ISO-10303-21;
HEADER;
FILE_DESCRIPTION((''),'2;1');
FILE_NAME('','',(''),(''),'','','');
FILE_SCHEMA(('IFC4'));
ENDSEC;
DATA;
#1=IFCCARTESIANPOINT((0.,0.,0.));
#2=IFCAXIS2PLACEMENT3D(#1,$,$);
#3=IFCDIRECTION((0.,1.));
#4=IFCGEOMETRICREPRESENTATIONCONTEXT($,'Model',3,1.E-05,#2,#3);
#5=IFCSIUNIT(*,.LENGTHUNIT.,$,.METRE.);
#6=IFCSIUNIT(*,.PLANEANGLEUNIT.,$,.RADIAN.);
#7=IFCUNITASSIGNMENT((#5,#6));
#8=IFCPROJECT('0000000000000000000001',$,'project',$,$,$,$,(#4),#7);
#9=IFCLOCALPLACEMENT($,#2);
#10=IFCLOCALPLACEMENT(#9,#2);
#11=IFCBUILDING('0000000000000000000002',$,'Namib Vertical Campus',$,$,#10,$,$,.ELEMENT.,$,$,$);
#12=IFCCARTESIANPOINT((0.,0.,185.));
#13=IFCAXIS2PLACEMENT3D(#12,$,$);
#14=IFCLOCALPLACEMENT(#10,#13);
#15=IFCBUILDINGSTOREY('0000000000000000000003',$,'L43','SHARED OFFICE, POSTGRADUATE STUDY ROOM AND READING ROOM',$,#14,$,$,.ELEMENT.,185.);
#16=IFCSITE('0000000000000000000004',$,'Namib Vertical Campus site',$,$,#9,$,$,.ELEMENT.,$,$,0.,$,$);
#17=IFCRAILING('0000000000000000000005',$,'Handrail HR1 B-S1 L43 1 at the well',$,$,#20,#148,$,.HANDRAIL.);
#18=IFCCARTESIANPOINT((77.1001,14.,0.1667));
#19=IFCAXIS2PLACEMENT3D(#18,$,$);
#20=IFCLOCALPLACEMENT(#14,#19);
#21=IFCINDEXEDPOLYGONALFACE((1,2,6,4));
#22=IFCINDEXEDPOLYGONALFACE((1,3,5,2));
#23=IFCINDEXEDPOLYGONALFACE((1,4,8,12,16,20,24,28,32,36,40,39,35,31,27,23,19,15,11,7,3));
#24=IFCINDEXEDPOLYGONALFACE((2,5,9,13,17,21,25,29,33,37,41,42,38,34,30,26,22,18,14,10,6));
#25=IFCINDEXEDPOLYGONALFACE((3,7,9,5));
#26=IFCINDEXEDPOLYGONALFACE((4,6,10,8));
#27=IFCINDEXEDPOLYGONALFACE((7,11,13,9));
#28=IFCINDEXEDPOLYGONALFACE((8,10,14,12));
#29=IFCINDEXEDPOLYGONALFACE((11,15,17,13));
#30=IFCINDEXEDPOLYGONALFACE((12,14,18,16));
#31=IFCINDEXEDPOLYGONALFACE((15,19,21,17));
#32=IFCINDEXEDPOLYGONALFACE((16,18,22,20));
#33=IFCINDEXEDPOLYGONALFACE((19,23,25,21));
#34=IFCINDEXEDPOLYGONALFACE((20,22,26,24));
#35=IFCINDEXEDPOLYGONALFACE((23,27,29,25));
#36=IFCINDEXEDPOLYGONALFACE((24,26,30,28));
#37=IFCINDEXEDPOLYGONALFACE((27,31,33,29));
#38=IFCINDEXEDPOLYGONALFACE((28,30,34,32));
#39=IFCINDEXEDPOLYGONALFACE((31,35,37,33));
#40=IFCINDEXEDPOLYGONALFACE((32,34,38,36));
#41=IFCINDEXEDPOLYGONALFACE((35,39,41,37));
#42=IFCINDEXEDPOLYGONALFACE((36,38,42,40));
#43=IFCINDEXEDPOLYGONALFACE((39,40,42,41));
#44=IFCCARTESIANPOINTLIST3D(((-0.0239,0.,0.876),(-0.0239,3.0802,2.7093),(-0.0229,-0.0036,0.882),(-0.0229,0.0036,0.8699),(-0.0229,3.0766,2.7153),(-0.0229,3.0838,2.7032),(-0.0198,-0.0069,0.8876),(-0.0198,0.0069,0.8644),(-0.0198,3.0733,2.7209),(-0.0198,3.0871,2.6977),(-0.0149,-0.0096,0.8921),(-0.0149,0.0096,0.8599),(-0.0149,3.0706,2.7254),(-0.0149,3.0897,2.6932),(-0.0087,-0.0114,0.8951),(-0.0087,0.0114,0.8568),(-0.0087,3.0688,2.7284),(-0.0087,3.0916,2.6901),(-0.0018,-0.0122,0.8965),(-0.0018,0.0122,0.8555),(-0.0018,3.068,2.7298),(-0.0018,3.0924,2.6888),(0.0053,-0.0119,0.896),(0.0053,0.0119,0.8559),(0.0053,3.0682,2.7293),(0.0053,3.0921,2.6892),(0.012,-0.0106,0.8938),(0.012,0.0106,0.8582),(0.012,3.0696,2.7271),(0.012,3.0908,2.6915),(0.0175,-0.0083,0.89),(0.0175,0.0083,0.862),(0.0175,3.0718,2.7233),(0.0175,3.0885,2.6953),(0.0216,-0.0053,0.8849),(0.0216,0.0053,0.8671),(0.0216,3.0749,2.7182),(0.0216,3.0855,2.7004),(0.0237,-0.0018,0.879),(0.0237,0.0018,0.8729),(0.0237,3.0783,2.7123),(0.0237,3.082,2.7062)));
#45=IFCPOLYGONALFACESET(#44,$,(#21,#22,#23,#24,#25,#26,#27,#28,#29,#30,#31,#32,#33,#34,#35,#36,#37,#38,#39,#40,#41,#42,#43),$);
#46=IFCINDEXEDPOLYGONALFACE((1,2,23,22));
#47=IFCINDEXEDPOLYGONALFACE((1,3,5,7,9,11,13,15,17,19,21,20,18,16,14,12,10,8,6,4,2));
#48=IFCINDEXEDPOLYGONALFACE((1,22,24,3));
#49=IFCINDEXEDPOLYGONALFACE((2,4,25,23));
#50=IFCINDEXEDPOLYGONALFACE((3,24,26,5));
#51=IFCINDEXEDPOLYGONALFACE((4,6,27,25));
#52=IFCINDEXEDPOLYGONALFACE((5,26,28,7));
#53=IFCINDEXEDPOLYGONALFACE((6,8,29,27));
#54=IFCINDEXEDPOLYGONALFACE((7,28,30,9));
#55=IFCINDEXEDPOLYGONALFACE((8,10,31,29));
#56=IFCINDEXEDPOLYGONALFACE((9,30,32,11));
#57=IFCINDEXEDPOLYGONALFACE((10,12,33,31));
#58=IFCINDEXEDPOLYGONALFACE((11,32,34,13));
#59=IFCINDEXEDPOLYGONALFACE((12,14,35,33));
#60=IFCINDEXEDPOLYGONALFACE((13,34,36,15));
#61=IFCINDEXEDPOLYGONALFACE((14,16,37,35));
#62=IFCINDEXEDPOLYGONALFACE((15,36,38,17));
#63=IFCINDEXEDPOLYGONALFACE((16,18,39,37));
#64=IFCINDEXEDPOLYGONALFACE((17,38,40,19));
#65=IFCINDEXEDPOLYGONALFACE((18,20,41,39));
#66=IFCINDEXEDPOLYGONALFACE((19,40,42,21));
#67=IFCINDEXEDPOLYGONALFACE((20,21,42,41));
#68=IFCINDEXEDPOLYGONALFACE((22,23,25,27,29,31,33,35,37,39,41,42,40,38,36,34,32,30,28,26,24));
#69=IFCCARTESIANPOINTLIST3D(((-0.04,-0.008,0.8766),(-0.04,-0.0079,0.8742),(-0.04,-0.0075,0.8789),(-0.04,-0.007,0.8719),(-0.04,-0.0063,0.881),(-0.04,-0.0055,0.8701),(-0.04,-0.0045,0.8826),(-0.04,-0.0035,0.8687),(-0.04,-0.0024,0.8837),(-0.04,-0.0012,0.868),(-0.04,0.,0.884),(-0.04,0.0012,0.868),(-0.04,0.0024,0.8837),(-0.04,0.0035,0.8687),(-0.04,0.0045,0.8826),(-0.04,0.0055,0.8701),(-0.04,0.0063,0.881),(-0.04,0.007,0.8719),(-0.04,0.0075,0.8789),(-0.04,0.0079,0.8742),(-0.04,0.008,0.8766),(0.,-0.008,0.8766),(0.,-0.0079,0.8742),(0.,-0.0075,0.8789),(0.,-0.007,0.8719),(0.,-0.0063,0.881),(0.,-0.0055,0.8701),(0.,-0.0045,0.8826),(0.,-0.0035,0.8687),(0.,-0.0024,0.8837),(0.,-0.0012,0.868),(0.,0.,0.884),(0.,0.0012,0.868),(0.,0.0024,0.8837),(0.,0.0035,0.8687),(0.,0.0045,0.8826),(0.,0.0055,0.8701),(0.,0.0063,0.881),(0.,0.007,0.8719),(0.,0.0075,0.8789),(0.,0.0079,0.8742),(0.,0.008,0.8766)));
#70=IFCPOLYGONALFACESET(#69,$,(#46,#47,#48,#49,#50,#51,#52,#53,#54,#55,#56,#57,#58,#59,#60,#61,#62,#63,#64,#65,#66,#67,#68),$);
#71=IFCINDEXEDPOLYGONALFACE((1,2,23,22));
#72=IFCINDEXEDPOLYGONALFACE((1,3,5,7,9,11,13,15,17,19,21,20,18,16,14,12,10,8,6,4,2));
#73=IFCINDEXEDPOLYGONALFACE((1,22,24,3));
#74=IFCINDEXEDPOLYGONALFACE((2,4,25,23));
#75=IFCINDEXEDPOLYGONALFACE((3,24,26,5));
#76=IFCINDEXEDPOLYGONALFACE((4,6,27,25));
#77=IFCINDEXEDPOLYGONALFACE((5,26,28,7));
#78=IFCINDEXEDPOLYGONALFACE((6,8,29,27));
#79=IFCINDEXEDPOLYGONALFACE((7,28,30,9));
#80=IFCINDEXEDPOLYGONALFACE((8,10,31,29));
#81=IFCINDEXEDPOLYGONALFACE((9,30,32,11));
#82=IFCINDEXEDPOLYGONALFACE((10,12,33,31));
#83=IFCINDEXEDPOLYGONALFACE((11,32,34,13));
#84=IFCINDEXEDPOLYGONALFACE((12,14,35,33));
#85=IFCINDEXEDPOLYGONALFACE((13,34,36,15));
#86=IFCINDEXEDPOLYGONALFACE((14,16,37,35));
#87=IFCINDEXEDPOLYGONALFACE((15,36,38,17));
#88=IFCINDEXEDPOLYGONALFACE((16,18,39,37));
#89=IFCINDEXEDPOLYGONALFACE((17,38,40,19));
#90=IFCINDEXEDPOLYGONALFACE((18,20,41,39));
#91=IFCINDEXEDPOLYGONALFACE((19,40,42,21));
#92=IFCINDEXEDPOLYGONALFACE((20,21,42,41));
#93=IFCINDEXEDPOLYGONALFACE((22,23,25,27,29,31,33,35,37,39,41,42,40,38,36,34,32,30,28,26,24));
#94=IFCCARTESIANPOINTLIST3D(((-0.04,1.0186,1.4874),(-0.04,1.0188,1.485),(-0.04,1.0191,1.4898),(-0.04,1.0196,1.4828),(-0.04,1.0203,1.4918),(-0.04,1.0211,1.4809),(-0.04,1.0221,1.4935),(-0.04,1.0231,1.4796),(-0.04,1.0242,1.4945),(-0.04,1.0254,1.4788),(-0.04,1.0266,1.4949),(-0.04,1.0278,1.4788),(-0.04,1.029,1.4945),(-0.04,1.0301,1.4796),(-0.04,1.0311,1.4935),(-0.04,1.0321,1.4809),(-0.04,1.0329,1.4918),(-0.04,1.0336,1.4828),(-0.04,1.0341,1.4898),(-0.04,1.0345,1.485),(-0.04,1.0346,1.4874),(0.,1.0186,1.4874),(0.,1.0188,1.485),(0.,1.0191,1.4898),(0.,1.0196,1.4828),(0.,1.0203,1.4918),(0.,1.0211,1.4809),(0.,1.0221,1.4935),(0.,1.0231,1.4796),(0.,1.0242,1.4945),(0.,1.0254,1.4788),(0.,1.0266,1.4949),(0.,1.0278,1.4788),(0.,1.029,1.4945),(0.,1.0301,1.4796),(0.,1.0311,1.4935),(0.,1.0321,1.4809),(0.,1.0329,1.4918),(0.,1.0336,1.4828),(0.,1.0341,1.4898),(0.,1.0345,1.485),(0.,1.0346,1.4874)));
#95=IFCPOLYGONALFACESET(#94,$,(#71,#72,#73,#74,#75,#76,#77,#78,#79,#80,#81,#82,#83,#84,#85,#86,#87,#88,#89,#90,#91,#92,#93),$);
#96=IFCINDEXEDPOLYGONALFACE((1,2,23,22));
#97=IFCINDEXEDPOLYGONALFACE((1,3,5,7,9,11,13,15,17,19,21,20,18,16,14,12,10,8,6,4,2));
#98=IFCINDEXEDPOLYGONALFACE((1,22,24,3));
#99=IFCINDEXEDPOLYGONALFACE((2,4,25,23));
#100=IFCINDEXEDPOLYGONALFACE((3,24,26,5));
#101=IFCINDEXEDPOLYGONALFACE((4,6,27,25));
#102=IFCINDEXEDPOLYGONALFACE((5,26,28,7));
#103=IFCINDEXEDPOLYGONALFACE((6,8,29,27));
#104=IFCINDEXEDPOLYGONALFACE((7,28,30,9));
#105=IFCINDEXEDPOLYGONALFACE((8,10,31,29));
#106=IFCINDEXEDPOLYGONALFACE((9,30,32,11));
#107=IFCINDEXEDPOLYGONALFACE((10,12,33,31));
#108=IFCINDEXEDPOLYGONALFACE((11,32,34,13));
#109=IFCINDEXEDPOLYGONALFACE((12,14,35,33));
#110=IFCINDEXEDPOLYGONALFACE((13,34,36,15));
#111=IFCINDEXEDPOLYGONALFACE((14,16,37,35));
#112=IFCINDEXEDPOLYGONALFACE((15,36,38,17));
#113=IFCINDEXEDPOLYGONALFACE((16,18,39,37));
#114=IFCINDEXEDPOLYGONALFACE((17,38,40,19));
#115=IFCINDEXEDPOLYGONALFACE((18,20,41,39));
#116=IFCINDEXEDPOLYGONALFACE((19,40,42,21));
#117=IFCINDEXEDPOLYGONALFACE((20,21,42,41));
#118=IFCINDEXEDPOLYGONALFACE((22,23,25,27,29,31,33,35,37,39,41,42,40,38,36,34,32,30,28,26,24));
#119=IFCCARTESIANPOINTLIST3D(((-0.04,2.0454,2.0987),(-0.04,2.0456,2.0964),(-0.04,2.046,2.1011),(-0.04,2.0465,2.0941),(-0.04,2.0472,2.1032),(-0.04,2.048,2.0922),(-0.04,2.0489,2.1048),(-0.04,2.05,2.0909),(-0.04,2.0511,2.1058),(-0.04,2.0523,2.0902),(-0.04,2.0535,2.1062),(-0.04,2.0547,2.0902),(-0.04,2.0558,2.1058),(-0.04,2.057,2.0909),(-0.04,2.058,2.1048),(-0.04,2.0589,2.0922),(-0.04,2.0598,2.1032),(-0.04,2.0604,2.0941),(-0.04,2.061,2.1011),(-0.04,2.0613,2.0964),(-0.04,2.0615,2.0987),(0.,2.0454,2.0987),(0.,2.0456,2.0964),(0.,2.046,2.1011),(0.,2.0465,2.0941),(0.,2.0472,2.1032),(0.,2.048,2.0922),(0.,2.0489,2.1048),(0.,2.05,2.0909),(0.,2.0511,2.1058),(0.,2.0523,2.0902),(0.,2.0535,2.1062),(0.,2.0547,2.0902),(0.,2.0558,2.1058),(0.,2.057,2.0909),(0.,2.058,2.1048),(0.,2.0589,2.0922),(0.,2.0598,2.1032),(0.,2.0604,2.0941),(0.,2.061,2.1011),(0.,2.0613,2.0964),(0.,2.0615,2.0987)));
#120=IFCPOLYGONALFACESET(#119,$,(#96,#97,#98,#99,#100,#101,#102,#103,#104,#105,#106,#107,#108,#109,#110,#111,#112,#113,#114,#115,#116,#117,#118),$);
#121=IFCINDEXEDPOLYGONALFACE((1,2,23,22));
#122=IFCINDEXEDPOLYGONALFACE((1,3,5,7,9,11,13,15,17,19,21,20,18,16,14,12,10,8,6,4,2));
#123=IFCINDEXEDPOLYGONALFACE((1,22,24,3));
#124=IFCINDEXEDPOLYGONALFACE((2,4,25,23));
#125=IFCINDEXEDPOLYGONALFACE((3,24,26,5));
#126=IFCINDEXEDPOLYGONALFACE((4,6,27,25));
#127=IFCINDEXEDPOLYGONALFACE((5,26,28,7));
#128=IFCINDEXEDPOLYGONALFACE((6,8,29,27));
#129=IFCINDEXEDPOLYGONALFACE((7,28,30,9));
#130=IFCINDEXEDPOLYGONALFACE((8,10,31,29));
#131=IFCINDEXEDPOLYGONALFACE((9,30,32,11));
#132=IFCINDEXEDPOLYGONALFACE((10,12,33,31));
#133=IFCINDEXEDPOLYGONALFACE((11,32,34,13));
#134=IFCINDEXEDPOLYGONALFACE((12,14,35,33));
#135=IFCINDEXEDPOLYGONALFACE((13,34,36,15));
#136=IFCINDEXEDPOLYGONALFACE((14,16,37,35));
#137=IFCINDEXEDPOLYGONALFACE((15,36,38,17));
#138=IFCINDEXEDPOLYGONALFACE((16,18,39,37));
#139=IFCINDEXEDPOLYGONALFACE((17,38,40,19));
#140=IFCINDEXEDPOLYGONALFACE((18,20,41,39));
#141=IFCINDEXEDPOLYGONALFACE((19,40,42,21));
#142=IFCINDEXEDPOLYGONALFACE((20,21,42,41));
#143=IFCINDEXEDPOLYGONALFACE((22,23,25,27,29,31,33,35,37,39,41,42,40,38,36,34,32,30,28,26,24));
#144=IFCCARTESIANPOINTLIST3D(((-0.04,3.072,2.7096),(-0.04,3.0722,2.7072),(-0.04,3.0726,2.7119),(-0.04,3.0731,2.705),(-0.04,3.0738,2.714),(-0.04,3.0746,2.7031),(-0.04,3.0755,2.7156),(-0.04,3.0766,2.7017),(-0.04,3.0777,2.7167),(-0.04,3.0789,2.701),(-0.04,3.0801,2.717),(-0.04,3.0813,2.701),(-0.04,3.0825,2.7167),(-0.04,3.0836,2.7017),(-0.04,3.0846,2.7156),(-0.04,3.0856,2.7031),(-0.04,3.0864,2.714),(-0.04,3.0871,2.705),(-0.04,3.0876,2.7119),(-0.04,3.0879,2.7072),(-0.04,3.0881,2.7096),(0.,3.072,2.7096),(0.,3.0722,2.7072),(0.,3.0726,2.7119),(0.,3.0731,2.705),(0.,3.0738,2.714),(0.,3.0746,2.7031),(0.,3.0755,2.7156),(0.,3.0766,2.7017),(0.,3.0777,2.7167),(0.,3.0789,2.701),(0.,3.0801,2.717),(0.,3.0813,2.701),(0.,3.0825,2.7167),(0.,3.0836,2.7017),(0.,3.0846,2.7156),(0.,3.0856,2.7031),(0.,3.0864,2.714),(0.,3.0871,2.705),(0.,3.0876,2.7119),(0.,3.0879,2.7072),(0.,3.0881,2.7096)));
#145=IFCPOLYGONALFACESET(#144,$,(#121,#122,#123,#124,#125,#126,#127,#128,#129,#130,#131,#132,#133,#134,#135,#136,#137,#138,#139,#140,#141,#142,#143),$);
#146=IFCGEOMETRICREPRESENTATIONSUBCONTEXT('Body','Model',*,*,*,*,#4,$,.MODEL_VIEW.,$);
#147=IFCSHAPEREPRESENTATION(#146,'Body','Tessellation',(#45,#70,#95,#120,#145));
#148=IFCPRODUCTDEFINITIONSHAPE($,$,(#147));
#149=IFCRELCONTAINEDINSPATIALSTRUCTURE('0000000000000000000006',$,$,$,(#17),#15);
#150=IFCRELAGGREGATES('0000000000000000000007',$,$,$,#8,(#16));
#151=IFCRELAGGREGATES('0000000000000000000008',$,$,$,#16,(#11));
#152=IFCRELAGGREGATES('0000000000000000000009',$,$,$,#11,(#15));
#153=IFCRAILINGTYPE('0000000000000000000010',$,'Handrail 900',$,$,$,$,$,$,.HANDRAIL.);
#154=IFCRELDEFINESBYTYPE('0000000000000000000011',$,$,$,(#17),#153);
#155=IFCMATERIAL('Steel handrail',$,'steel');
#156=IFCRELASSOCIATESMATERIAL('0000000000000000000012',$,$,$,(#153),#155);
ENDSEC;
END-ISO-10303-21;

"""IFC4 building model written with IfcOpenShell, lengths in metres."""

from ifc_helpers import new_model, si_unit, direction, frame, origin, origin_2d, place, context, subcontext, project, spatial, circle, extrude, material, type_object, element, save


model = new_model("IFC4")

# Units and contexts
model_context = context("Model", 3, precision=1e-05, world=origin(), true_north=direction((0.0, 1.0)))
body_context = subcontext(model_context, "Body", "Model", "MODEL_VIEW")
ifc_project = project(units=[si_unit("LENGTHUNIT", "METRE"), si_unit("PLANEANGLEUNIT", "RADIAN")], contexts=[model_context])

# Site, building, storey
site_placement = place(None, origin())
site = spatial("IfcSite", under=ifc_project, at=site_placement, Name="Namib Vertical Campus site", CompositionType="ELEMENT", RefElevation=0.0)
building_placement = place(site_placement, origin())
building = spatial("IfcBuilding", under=site, at=building_placement, Name="Namib Vertical Campus", CompositionType="ELEMENT")
storey_placement = place(building_placement, frame((0.0, 0.0, 185.0)))
storey = spatial("IfcBuildingStorey", under=building, at=storey_placement, Name="L43", Description="SHARED OFFICE, POSTGRADUATE STUDY ROOM AND READING ROOM", CompositionType="ELEMENT", Elevation=185.0)

# Railing
ifc_material_1 = material(Name="Steel handrail", Category="steel")
railing_type_1 = type_object("IfcRailingType", Name="Handrail 900", PredefinedType="HANDRAIL", material=ifc_material_1)
railing_1_placement = place(storey_placement, frame((77.1001, 14.0, 0.1667)))
element("IfcRailing", 1, at=railing_1_placement, inside=storey, type_object=railing_type_1, Name="Handrail HR1 B-S1 L43 1 at the well", PredefinedType="HANDRAIL", context=body_context, shape_type="SweptSolid", body=[
    extrude(circle(Radius=0.0239, at=origin_2d()), frame((0.0, 0.0, 0.876), z_axis=(0.0, 0.859309, 0.511458), x_axis=(-1.0, 0.0, 0.0)), (0.0, 0.0, 1.0), 3.5845),
    extrude(circle(Radius=0.0081, at=origin_2d()), frame((0.0, 0.0, 0.876), z_axis=(-1.0, 0.0, 0.0), x_axis=(0.0, 0.0, 1.0)), (0.0, 0.0, 1.0), 0.04),
    extrude(circle(Radius=0.0081, at=origin_2d()), frame((0.0, 1.0266, 1.4868), z_axis=(-1.0, 0.0, 0.0), x_axis=(0.0, 0.0, 1.0)), (0.0, 0.0, 1.0), 0.04),
    extrude(circle(Radius=0.0081, at=origin_2d()), frame((0.0, 2.0535, 2.0981), z_axis=(-1.0, 0.0, 0.0), x_axis=(0.0, 0.0, 1.0)), (0.0, 0.0, 1.0), 0.04),
    extrude(circle(Radius=0.0081, at=origin_2d()), frame((0.0, 3.0801, 2.709), z_axis=(-1.0, 0.0, 0.0), x_axis=(0.0, 0.0, 1.0)), (0.0, 0.0, 1.0), 0.04),
])

save(model, "model.ifc")
